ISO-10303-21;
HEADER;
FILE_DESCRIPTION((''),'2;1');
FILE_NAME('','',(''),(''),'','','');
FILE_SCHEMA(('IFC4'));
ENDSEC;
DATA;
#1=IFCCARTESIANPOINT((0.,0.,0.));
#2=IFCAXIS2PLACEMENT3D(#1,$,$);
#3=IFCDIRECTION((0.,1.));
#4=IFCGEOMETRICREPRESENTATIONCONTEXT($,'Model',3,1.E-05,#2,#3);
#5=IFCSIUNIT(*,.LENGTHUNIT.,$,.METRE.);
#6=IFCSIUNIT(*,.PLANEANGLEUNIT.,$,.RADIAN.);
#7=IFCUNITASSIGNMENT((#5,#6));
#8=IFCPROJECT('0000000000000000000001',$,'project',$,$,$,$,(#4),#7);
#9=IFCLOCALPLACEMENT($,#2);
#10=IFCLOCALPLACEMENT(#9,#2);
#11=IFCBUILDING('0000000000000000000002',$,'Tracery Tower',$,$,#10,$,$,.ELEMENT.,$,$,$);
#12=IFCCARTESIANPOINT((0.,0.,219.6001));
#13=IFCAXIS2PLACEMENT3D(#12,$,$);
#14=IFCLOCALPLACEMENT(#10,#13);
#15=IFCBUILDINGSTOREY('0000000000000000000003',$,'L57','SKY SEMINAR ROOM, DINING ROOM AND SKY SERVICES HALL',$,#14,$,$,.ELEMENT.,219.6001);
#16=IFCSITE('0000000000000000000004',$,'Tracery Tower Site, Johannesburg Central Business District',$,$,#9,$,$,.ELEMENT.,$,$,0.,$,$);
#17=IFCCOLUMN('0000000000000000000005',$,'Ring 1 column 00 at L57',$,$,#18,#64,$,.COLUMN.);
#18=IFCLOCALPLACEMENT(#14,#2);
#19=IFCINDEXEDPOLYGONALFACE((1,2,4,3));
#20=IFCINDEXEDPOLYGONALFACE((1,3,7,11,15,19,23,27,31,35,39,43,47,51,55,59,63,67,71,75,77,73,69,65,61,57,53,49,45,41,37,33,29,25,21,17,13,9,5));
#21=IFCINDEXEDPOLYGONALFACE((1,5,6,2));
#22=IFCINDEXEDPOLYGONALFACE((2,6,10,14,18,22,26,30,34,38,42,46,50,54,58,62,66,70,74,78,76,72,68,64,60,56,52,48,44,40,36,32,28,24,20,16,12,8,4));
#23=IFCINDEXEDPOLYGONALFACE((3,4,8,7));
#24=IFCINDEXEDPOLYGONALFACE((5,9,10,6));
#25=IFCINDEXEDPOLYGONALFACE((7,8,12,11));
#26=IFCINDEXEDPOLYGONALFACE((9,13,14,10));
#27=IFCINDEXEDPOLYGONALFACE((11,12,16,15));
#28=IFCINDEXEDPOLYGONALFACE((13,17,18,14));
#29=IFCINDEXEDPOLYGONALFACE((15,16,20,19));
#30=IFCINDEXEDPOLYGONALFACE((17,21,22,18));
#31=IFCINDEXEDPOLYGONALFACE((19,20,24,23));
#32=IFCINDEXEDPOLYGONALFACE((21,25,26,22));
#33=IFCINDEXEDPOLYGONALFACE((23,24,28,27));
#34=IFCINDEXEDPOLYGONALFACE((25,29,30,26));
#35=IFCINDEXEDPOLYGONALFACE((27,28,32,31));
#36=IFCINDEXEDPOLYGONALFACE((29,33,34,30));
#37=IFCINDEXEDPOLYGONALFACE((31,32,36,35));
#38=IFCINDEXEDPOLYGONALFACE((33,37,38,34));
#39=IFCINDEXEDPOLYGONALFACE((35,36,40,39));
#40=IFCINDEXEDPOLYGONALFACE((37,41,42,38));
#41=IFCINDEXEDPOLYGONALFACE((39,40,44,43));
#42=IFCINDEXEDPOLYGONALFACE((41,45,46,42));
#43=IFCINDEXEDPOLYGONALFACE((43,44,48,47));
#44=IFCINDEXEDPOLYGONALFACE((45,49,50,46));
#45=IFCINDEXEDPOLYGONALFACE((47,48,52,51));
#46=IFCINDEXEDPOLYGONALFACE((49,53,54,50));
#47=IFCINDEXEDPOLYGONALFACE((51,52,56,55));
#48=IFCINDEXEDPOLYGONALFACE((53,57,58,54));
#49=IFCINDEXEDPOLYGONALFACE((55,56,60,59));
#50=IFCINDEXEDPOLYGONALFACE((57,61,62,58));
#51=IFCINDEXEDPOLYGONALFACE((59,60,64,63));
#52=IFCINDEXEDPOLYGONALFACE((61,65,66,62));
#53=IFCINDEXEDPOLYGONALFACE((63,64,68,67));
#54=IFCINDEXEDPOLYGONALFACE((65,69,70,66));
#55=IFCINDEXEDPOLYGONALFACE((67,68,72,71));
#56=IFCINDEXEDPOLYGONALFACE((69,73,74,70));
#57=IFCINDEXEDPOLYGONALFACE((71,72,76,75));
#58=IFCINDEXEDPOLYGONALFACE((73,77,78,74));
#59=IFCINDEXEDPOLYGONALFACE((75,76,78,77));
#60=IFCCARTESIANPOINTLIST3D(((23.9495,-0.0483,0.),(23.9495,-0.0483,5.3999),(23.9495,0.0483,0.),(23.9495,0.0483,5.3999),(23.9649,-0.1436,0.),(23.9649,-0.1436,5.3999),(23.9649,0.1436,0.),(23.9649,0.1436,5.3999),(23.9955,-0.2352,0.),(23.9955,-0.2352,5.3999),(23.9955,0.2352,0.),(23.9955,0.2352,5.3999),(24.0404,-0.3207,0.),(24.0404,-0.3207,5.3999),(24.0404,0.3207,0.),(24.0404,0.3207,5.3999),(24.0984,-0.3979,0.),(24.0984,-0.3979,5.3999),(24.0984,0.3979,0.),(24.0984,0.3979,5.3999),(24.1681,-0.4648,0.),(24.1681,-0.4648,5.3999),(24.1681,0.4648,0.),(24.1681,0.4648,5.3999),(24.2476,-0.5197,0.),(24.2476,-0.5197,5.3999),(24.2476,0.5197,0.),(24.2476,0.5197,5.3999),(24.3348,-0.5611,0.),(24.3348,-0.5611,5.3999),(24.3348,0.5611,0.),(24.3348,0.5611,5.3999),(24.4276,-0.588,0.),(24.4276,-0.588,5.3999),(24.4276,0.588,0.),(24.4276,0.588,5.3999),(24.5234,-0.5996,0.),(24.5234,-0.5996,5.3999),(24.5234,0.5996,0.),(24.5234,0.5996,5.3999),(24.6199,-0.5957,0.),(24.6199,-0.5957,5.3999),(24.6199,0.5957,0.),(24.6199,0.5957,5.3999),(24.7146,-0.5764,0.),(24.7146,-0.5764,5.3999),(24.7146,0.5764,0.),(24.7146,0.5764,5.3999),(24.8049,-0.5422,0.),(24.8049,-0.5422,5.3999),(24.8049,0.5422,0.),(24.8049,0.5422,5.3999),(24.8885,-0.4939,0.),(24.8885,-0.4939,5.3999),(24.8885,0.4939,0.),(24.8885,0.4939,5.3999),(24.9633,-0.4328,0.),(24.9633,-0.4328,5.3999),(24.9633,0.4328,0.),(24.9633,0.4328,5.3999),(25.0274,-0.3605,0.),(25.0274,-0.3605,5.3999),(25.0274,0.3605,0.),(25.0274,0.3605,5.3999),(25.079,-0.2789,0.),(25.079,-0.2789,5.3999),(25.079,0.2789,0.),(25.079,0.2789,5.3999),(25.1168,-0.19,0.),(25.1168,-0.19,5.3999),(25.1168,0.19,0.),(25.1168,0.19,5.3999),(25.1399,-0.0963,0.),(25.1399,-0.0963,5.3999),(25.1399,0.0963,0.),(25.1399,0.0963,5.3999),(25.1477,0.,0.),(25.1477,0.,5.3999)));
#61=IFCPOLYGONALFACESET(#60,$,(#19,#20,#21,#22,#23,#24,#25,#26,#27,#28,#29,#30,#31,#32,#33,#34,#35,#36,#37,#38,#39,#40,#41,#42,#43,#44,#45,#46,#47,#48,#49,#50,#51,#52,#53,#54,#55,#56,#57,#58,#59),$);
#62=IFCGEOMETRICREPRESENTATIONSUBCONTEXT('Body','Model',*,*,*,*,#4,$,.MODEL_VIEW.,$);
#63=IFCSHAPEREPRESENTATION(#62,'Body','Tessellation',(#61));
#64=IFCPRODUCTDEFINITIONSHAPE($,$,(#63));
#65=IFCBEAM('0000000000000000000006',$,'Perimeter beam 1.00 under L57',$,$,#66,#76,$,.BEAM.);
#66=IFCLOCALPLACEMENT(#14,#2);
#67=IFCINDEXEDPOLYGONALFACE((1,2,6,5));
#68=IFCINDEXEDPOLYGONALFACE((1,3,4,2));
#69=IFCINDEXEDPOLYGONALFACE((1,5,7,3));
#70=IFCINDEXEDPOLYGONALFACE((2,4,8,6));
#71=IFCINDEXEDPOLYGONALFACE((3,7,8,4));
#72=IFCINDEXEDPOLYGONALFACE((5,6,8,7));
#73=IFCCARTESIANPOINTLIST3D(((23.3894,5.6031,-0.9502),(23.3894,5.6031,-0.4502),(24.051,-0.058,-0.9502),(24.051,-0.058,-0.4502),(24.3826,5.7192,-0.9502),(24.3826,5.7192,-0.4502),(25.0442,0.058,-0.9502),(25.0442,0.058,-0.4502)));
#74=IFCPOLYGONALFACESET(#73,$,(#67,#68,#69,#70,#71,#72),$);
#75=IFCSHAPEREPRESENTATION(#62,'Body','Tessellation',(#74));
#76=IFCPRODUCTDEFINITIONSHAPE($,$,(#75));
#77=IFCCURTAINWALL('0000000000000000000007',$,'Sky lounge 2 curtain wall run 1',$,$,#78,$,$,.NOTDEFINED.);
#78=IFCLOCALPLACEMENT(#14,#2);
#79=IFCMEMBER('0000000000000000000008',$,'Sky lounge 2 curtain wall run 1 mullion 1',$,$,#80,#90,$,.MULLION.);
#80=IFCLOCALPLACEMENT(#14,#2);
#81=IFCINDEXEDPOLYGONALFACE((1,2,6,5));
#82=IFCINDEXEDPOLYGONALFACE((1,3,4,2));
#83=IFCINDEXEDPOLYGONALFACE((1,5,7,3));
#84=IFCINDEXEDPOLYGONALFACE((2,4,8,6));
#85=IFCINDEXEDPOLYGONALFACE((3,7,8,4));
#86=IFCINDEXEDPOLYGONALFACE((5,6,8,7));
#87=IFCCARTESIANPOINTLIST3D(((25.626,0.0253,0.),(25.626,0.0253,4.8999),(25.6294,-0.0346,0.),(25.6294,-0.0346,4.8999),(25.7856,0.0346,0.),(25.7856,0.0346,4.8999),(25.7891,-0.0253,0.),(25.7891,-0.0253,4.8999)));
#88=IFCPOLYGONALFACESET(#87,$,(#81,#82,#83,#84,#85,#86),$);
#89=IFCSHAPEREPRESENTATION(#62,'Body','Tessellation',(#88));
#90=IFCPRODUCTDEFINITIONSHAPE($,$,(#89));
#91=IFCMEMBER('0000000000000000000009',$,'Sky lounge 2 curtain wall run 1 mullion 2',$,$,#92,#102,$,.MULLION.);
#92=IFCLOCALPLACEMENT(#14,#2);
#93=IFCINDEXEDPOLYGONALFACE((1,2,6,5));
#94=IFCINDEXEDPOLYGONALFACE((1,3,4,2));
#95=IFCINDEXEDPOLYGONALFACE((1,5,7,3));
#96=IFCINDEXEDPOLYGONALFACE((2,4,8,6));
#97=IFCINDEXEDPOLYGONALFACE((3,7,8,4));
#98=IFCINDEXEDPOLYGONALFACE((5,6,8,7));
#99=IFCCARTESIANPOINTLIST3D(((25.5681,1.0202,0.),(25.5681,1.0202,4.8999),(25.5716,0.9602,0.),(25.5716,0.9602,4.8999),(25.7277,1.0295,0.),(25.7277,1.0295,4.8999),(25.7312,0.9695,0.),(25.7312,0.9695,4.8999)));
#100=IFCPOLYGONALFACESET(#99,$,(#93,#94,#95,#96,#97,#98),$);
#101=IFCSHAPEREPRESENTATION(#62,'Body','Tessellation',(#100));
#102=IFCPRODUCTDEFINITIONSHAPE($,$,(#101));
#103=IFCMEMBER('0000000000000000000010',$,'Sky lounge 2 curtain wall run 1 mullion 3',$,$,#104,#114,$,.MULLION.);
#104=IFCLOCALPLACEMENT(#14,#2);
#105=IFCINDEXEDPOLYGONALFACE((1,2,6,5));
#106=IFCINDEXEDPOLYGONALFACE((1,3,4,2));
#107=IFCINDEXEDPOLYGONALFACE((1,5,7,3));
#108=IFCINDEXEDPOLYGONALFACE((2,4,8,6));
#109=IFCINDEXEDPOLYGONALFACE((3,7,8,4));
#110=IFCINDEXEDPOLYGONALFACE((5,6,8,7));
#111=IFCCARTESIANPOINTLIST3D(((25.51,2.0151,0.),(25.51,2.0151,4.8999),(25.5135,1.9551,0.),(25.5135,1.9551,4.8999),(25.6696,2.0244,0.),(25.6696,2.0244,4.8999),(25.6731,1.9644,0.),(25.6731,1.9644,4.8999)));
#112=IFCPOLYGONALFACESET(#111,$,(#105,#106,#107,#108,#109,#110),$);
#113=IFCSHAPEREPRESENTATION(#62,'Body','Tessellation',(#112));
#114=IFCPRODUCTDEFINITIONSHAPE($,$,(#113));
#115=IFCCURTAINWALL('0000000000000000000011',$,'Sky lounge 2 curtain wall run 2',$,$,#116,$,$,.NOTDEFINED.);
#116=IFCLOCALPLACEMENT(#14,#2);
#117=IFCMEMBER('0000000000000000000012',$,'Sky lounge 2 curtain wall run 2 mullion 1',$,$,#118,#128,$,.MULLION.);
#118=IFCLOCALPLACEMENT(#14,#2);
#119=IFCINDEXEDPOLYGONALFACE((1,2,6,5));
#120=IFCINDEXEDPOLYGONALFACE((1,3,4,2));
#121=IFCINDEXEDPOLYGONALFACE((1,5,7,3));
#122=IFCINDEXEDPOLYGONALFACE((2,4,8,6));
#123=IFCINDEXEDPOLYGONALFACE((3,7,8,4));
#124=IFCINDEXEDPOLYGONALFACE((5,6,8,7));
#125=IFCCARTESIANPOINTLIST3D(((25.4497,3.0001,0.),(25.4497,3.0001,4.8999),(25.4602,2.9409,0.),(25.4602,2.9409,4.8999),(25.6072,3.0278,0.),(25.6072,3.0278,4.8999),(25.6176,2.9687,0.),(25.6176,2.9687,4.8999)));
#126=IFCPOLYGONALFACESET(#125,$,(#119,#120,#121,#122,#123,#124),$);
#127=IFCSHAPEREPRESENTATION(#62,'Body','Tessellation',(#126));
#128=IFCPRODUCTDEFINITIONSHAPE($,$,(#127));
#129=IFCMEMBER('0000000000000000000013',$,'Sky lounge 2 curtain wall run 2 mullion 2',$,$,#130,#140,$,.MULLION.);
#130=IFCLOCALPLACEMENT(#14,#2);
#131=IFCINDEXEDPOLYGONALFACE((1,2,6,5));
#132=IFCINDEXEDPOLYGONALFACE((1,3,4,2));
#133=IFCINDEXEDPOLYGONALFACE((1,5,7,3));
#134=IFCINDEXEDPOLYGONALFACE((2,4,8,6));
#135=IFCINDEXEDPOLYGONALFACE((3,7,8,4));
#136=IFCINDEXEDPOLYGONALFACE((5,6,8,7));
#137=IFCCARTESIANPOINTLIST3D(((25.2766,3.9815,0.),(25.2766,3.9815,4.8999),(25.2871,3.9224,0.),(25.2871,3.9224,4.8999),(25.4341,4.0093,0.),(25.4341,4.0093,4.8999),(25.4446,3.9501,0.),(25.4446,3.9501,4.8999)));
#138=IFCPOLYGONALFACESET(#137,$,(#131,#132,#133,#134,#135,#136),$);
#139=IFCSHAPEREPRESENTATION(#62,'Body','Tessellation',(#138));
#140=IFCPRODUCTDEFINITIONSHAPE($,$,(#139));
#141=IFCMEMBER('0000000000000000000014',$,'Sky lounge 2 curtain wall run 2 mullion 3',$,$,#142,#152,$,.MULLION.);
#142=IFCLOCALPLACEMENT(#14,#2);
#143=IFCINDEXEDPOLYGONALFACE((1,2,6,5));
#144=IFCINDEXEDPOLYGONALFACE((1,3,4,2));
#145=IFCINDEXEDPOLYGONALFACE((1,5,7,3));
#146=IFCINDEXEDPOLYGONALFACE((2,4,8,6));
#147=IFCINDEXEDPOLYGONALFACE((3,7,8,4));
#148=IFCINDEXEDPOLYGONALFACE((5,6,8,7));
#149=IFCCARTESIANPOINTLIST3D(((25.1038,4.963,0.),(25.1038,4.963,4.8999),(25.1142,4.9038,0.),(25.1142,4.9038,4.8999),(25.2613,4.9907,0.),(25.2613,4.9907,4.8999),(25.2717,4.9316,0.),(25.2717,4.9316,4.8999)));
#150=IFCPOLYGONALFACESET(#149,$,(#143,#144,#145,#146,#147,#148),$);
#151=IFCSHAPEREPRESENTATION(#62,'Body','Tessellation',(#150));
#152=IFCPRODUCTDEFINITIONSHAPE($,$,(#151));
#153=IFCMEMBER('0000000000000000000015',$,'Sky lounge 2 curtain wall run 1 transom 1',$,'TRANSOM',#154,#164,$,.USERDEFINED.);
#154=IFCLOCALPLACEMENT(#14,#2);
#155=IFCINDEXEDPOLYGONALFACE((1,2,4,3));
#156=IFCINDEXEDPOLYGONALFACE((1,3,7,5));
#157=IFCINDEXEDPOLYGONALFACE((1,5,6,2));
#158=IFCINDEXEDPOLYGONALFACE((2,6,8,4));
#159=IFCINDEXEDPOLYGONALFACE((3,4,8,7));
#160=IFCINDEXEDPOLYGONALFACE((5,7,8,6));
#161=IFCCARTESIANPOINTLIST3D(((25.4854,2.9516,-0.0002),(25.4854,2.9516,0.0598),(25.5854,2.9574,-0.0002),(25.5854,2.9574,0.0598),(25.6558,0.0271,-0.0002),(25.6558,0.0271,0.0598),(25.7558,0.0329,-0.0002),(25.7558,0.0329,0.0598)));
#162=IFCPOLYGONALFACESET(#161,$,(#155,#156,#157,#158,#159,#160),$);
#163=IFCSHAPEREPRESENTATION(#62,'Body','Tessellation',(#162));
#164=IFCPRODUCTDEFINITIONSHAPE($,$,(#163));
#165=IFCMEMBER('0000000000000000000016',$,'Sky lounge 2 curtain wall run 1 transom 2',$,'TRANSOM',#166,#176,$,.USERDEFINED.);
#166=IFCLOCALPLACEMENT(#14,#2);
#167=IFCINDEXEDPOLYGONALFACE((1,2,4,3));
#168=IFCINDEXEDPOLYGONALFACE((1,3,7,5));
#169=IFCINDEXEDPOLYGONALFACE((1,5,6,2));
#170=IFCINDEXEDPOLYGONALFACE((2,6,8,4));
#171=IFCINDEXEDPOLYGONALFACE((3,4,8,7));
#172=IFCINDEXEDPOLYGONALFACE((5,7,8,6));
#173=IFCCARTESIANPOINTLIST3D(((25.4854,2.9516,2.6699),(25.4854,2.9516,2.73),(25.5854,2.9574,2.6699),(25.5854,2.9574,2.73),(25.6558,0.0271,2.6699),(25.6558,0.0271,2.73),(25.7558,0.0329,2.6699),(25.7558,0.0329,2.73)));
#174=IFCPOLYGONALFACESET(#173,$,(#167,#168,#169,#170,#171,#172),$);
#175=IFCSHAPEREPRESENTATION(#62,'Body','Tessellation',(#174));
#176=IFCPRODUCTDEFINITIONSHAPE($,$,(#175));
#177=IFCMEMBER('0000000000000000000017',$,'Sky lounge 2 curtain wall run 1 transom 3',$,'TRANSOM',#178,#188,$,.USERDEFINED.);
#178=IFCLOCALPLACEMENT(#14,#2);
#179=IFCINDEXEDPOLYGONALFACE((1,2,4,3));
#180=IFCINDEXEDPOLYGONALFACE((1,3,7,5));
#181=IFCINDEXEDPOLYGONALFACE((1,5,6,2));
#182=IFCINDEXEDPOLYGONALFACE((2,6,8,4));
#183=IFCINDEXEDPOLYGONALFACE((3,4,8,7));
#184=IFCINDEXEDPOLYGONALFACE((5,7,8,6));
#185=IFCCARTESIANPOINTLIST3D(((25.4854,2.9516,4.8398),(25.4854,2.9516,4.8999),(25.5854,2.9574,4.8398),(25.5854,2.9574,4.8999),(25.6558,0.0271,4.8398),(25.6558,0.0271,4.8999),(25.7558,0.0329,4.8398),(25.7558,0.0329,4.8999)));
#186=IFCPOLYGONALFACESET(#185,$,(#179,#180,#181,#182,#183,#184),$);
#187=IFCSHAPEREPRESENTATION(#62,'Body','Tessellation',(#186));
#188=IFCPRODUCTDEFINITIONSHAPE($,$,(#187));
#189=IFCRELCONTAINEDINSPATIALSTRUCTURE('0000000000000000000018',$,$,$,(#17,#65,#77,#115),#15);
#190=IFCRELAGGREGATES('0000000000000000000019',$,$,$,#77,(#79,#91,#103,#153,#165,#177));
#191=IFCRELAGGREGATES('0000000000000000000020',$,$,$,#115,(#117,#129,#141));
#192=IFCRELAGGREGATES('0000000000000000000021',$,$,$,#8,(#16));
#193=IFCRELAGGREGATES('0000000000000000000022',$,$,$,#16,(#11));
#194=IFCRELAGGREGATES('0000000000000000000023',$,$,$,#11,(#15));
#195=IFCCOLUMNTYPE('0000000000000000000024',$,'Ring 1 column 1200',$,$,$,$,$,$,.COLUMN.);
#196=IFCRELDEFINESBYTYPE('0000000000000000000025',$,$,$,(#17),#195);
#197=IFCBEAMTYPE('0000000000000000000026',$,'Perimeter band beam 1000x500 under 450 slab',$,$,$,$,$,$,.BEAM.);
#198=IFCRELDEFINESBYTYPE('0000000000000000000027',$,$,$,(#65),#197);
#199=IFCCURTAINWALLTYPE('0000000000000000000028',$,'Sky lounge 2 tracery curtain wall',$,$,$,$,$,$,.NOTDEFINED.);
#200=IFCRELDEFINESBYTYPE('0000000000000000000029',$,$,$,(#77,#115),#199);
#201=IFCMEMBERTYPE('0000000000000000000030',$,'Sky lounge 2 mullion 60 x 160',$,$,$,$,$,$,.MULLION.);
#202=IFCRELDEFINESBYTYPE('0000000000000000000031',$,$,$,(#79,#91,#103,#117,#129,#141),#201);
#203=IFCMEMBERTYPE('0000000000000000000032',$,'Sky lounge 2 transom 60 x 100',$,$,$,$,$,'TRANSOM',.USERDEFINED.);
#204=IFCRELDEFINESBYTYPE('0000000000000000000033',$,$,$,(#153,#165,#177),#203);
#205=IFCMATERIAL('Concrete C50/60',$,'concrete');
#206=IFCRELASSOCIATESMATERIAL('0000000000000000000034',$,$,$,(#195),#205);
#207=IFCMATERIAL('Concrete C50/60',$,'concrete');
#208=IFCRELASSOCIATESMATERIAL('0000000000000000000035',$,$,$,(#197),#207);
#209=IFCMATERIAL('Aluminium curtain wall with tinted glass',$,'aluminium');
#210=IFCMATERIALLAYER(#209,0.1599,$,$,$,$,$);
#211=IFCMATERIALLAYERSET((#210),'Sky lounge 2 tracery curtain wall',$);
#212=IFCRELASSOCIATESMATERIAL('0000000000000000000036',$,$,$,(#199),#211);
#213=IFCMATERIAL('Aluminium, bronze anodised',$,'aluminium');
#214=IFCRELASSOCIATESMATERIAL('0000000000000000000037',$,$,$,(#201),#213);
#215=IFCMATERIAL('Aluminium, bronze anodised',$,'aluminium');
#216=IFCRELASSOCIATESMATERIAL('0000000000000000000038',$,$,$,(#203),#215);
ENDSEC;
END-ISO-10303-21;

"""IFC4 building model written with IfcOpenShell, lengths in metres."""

from ifc_helpers import new_model, si_unit, direction, frame, origin, origin_2d, place, context, subcontext, project, spatial, rectangle, circle, extrude, material, layer, layer_set, material_profile, profile_set, type_object, element, aggregate, save


model = new_model("IFC4")

# Units and contexts
model_context = context("Model", 3, precision=1e-05, world=origin(), true_north=direction((0.0, 1.0)))
body_context = subcontext(model_context, "Body", "Model", "MODEL_VIEW")
ifc_project = project(units=[si_unit("LENGTHUNIT", "METRE"), si_unit("PLANEANGLEUNIT", "RADIAN")], contexts=[model_context])

# Site, building, storey
site_placement = place(None, origin())
site = spatial("IfcSite", under=ifc_project, at=site_placement, Name="Tracery Tower Site, Johannesburg Central Business District", CompositionType="ELEMENT", RefElevation=0.0)
building_placement = place(site_placement, origin())
building = spatial("IfcBuilding", under=site, at=building_placement, Name="Tracery Tower", CompositionType="ELEMENT")
storey_placement = place(building_placement, frame((0.0, 0.0, 219.6001)))
storey = spatial("IfcBuildingStorey", under=building, at=storey_placement, Name="L57", Description="SKY SEMINAR ROOM, DINING ROOM AND SKY SERVICES HALL", CompositionType="ELEMENT", Elevation=219.6001)

# Column
ifc_material_1 = material(Name="Concrete C50/60", Category="concrete")
ifc_material_profile_1 = material_profile(ifc_material_1, circle(Radius=0.6001, at=origin_2d()), Name="RC D1200")
ifc_profile_set_1 = profile_set([ifc_material_profile_1], Name="Concrete C50/60")
column_type = type_object("IfcColumnType", Name="Ring 1 column 1200", PredefinedType="COLUMN", material=ifc_profile_set_1)
column_placement = place(storey_placement, frame((24.5476, 0.0, 0.0), z_axis=(0.0, 0.0, 1.0), x_axis=(1.0, 0.0, 0.0)))
element("IfcColumn", 1, at=column_placement, inside=storey, type_object=column_type, Name="Ring 1 column 00 at L57", PredefinedType="COLUMN", context=body_context, shape_type="SweptSolid", body=[
    extrude(circle(Radius=0.6001, at=origin_2d()), origin(), (0.0, 0.0, 1.0), 5.3999),
])

# Beam
ifc_material_2 = material(Name="Concrete C50/60", Category="concrete")
ifc_material_profile_2 = material_profile(ifc_material_2, rectangle(XDim=1.0, YDim=0.5, at=origin_2d()), Name="RC 1000x500")
ifc_profile_set_2 = profile_set([ifc_material_profile_2], Name="Concrete C50/60")
beam_type = type_object("IfcBeamType", Name="Perimeter band beam 1000x500 under 450 slab", PredefinedType="BEAM", material=ifc_profile_set_2)
beam_placement = place(storey_placement, frame((24.5476, 0.0, -0.7002), z_axis=(-0.116081, 0.99324, 0.0), x_axis=(-0.99324, -0.116081, 0.0)))
element("IfcBeam", 2, at=beam_placement, inside=storey, type_object=beam_type, Name="Perimeter beam 1.00 under L57", PredefinedType="BEAM", context=body_context, shape_type="SweptSolid", body=[
    extrude(rectangle(XDim=1.0, YDim=0.5, at=origin_2d()), origin(), (0.0, 0.0, 1.0), 5.6997),
])

# Curtain walls, members
ifc_material_3 = material(Name="Aluminium curtain wall with tinted glass", Category="aluminium")
ifc_layer_1 = layer(ifc_material_3, 0.1599)
ifc_layer_set_1 = layer_set([ifc_layer_1], Name="Sky lounge 2 tracery curtain wall")
curtain_wall_type = type_object("IfcCurtainWallType", Name="Sky lounge 2 tracery curtain wall", PredefinedType="NOTDEFINED", material=ifc_layer_set_1)
curtain_wall_1_placement = place(storey_placement, origin())
curtain_wall_1 = element("IfcCurtainWall", 3, at=curtain_wall_1_placement, inside=storey, type_object=curtain_wall_type, Name="Sky lounge 2 curtain wall run 1", PredefinedType="NOTDEFINED")
ifc_material_4 = material(Name="Aluminium, bronze anodised", Category="aluminium")
ifc_material_profile_3 = material_profile(ifc_material_4, rectangle(XDim=0.1599, YDim=0.0601, at=origin_2d()), Name="AL 60x160")
ifc_profile_set_3 = profile_set([ifc_material_profile_3], Name="Aluminium, bronze anodised")
member_type_1 = type_object("IfcMemberType", Name="Sky lounge 2 mullion 60 x 160", PredefinedType="MULLION", material=ifc_profile_set_3)
member_1_placement = place(storey_placement, frame((25.7075, 0.0, 0.0), z_axis=(0.0, 0.0, 1.0), x_axis=(-0.998308, -0.058145, 0.0)))
member_1 = element("IfcMember", 4, at=member_1_placement, type_object=member_type_1, Name="Sky lounge 2 curtain wall run 1 mullion 1", PredefinedType="MULLION", context=body_context, shape_type="SweptSolid", body=[
    extrude(rectangle(XDim=0.1599, YDim=0.0601, at=origin_2d()), origin(), (0.0, 0.0, 1.0), 4.8999),
])
member_2_placement = place(storey_placement, frame((25.6497, 0.9949, 0.0), z_axis=(0.0, 0.0, 1.0), x_axis=(-0.998308, -0.058145, 0.0)))
member_2 = element("IfcMember", 5, at=member_2_placement, type_object=member_type_1, Name="Sky lounge 2 curtain wall run 1 mullion 2", PredefinedType="MULLION", context=body_context, shape_type="SweptSolid", body=[
    extrude(rectangle(XDim=0.1599, YDim=0.0601, at=origin_2d()), origin(), (0.0, 0.0, 1.0), 4.8999),
])
member_3_placement = place(storey_placement, frame((25.5916, 1.9897, 0.0), z_axis=(0.0, 0.0, 1.0), x_axis=(-0.998308, -0.058145, 0.0)))
member_3 = element("IfcMember", 6, at=member_3_placement, type_object=member_type_1, Name="Sky lounge 2 curtain wall run 1 mullion 3", PredefinedType="MULLION", context=body_context, shape_type="SweptSolid", body=[
    extrude(rectangle(XDim=0.1599, YDim=0.0601, at=origin_2d()), origin(), (0.0, 0.0, 1.0), 4.8999),
])
curtain_wall_2_placement = place(storey_placement, origin())
curtain_wall_2 = element("IfcCurtainWall", 7, at=curtain_wall_2_placement, inside=storey, type_object=curtain_wall_type, Name="Sky lounge 2 curtain wall run 2", PredefinedType="NOTDEFINED")
member_4_placement = place(storey_placement, frame((25.5337, 2.9844, 0.0), z_axis=(0.0, 0.0, 1.0), x_axis=(-0.984808, -0.173648, 0.0)))
member_4 = element("IfcMember", 8, at=member_4_placement, type_object=member_type_1, Name="Sky lounge 2 curtain wall run 2 mullion 1", PredefinedType="MULLION", context=body_context, shape_type="SweptSolid", body=[
    extrude(rectangle(XDim=0.1599, YDim=0.0601, at=origin_2d()), origin(), (0.0, 0.0, 1.0), 4.8999),
])
member_5_placement = place(storey_placement, frame((25.3606, 3.9658, 0.0), z_axis=(0.0, 0.0, 1.0), x_axis=(-0.984808, -0.173648, 0.0)))
member_5 = element("IfcMember", 9, at=member_5_placement, type_object=member_type_1, Name="Sky lounge 2 curtain wall run 2 mullion 2", PredefinedType="MULLION", context=body_context, shape_type="SweptSolid", body=[
    extrude(rectangle(XDim=0.1599, YDim=0.0601, at=origin_2d()), origin(), (0.0, 0.0, 1.0), 4.8999),
])
member_6_placement = place(storey_placement, frame((25.1877, 4.9473, 0.0), z_axis=(0.0, 0.0, 1.0), x_axis=(-0.984808, -0.173648, 0.0)))
member_6 = element("IfcMember", 10, at=member_6_placement, type_object=member_type_1, Name="Sky lounge 2 curtain wall run 2 mullion 3", PredefinedType="MULLION", context=body_context, shape_type="SweptSolid", body=[
    extrude(rectangle(XDim=0.1599, YDim=0.0601, at=origin_2d()), origin(), (0.0, 0.0, 1.0), 4.8999),
])

# Members
ifc_material_5 = material(Name="Aluminium, bronze anodised", Category="aluminium")
ifc_material_profile_4 = material_profile(ifc_material_5, rectangle(XDim=0.1001, YDim=0.0601, at=origin_2d()), Name="AL 60x100")
ifc_profile_set_4 = profile_set([ifc_material_profile_4], Name="Aluminium, bronze anodised")
member_type_2 = type_object("IfcMemberType", Name="Sky lounge 2 transom 60 x 100", ElementType="TRANSOM", PredefinedType="USERDEFINED", material=ifc_profile_set_4)
member_7_placement = place(storey_placement, frame((25.7058, 0.03, 0.0298), z_axis=(-0.05817, 0.998307, 0.0), x_axis=(-0.998307, -0.05817, 0.0)))
member_7 = element("IfcMember", 11, at=member_7_placement, type_object=member_type_2, Name="Sky lounge 2 curtain wall run 1 transom 1", ObjectType="TRANSOM", PredefinedType="USERDEFINED", context=body_context, shape_type="SweptSolid", body=[
    extrude(rectangle(XDim=0.1001, YDim=0.0601, at=origin_2d()), origin(), (0.0, 0.0, 1.0), 2.9294),
])
member_8_placement = place(storey_placement, frame((25.7058, 0.03, 2.7), z_axis=(-0.05817, 0.998307, 0.0), x_axis=(-0.998307, -0.05817, 0.0)))
member_8 = element("IfcMember", 12, at=member_8_placement, type_object=member_type_2, Name="Sky lounge 2 curtain wall run 1 transom 2", ObjectType="TRANSOM", PredefinedType="USERDEFINED", context=body_context, shape_type="SweptSolid", body=[
    extrude(rectangle(XDim=0.1001, YDim=0.0601, at=origin_2d()), origin(), (0.0, 0.0, 1.0), 2.9294),
])
member_9_placement = place(storey_placement, frame((25.7058, 0.03, 4.8699), z_axis=(-0.05817, 0.998307, 0.0), x_axis=(-0.998307, -0.05817, 0.0)))
member_9 = element("IfcMember", 13, at=member_9_placement, type_object=member_type_2, Name="Sky lounge 2 curtain wall run 1 transom 3", ObjectType="TRANSOM", PredefinedType="USERDEFINED", context=body_context, shape_type="SweptSolid", body=[
    extrude(rectangle(XDim=0.1001, YDim=0.0601, at=origin_2d()), origin(), (0.0, 0.0, 1.0), 2.9294),
])

aggregate(curtain_wall_1, [member_1, member_2, member_3, member_7, member_8, member_9])
aggregate(curtain_wall_2, [member_4, member_5, member_6])

save(model, "model.ifc")
